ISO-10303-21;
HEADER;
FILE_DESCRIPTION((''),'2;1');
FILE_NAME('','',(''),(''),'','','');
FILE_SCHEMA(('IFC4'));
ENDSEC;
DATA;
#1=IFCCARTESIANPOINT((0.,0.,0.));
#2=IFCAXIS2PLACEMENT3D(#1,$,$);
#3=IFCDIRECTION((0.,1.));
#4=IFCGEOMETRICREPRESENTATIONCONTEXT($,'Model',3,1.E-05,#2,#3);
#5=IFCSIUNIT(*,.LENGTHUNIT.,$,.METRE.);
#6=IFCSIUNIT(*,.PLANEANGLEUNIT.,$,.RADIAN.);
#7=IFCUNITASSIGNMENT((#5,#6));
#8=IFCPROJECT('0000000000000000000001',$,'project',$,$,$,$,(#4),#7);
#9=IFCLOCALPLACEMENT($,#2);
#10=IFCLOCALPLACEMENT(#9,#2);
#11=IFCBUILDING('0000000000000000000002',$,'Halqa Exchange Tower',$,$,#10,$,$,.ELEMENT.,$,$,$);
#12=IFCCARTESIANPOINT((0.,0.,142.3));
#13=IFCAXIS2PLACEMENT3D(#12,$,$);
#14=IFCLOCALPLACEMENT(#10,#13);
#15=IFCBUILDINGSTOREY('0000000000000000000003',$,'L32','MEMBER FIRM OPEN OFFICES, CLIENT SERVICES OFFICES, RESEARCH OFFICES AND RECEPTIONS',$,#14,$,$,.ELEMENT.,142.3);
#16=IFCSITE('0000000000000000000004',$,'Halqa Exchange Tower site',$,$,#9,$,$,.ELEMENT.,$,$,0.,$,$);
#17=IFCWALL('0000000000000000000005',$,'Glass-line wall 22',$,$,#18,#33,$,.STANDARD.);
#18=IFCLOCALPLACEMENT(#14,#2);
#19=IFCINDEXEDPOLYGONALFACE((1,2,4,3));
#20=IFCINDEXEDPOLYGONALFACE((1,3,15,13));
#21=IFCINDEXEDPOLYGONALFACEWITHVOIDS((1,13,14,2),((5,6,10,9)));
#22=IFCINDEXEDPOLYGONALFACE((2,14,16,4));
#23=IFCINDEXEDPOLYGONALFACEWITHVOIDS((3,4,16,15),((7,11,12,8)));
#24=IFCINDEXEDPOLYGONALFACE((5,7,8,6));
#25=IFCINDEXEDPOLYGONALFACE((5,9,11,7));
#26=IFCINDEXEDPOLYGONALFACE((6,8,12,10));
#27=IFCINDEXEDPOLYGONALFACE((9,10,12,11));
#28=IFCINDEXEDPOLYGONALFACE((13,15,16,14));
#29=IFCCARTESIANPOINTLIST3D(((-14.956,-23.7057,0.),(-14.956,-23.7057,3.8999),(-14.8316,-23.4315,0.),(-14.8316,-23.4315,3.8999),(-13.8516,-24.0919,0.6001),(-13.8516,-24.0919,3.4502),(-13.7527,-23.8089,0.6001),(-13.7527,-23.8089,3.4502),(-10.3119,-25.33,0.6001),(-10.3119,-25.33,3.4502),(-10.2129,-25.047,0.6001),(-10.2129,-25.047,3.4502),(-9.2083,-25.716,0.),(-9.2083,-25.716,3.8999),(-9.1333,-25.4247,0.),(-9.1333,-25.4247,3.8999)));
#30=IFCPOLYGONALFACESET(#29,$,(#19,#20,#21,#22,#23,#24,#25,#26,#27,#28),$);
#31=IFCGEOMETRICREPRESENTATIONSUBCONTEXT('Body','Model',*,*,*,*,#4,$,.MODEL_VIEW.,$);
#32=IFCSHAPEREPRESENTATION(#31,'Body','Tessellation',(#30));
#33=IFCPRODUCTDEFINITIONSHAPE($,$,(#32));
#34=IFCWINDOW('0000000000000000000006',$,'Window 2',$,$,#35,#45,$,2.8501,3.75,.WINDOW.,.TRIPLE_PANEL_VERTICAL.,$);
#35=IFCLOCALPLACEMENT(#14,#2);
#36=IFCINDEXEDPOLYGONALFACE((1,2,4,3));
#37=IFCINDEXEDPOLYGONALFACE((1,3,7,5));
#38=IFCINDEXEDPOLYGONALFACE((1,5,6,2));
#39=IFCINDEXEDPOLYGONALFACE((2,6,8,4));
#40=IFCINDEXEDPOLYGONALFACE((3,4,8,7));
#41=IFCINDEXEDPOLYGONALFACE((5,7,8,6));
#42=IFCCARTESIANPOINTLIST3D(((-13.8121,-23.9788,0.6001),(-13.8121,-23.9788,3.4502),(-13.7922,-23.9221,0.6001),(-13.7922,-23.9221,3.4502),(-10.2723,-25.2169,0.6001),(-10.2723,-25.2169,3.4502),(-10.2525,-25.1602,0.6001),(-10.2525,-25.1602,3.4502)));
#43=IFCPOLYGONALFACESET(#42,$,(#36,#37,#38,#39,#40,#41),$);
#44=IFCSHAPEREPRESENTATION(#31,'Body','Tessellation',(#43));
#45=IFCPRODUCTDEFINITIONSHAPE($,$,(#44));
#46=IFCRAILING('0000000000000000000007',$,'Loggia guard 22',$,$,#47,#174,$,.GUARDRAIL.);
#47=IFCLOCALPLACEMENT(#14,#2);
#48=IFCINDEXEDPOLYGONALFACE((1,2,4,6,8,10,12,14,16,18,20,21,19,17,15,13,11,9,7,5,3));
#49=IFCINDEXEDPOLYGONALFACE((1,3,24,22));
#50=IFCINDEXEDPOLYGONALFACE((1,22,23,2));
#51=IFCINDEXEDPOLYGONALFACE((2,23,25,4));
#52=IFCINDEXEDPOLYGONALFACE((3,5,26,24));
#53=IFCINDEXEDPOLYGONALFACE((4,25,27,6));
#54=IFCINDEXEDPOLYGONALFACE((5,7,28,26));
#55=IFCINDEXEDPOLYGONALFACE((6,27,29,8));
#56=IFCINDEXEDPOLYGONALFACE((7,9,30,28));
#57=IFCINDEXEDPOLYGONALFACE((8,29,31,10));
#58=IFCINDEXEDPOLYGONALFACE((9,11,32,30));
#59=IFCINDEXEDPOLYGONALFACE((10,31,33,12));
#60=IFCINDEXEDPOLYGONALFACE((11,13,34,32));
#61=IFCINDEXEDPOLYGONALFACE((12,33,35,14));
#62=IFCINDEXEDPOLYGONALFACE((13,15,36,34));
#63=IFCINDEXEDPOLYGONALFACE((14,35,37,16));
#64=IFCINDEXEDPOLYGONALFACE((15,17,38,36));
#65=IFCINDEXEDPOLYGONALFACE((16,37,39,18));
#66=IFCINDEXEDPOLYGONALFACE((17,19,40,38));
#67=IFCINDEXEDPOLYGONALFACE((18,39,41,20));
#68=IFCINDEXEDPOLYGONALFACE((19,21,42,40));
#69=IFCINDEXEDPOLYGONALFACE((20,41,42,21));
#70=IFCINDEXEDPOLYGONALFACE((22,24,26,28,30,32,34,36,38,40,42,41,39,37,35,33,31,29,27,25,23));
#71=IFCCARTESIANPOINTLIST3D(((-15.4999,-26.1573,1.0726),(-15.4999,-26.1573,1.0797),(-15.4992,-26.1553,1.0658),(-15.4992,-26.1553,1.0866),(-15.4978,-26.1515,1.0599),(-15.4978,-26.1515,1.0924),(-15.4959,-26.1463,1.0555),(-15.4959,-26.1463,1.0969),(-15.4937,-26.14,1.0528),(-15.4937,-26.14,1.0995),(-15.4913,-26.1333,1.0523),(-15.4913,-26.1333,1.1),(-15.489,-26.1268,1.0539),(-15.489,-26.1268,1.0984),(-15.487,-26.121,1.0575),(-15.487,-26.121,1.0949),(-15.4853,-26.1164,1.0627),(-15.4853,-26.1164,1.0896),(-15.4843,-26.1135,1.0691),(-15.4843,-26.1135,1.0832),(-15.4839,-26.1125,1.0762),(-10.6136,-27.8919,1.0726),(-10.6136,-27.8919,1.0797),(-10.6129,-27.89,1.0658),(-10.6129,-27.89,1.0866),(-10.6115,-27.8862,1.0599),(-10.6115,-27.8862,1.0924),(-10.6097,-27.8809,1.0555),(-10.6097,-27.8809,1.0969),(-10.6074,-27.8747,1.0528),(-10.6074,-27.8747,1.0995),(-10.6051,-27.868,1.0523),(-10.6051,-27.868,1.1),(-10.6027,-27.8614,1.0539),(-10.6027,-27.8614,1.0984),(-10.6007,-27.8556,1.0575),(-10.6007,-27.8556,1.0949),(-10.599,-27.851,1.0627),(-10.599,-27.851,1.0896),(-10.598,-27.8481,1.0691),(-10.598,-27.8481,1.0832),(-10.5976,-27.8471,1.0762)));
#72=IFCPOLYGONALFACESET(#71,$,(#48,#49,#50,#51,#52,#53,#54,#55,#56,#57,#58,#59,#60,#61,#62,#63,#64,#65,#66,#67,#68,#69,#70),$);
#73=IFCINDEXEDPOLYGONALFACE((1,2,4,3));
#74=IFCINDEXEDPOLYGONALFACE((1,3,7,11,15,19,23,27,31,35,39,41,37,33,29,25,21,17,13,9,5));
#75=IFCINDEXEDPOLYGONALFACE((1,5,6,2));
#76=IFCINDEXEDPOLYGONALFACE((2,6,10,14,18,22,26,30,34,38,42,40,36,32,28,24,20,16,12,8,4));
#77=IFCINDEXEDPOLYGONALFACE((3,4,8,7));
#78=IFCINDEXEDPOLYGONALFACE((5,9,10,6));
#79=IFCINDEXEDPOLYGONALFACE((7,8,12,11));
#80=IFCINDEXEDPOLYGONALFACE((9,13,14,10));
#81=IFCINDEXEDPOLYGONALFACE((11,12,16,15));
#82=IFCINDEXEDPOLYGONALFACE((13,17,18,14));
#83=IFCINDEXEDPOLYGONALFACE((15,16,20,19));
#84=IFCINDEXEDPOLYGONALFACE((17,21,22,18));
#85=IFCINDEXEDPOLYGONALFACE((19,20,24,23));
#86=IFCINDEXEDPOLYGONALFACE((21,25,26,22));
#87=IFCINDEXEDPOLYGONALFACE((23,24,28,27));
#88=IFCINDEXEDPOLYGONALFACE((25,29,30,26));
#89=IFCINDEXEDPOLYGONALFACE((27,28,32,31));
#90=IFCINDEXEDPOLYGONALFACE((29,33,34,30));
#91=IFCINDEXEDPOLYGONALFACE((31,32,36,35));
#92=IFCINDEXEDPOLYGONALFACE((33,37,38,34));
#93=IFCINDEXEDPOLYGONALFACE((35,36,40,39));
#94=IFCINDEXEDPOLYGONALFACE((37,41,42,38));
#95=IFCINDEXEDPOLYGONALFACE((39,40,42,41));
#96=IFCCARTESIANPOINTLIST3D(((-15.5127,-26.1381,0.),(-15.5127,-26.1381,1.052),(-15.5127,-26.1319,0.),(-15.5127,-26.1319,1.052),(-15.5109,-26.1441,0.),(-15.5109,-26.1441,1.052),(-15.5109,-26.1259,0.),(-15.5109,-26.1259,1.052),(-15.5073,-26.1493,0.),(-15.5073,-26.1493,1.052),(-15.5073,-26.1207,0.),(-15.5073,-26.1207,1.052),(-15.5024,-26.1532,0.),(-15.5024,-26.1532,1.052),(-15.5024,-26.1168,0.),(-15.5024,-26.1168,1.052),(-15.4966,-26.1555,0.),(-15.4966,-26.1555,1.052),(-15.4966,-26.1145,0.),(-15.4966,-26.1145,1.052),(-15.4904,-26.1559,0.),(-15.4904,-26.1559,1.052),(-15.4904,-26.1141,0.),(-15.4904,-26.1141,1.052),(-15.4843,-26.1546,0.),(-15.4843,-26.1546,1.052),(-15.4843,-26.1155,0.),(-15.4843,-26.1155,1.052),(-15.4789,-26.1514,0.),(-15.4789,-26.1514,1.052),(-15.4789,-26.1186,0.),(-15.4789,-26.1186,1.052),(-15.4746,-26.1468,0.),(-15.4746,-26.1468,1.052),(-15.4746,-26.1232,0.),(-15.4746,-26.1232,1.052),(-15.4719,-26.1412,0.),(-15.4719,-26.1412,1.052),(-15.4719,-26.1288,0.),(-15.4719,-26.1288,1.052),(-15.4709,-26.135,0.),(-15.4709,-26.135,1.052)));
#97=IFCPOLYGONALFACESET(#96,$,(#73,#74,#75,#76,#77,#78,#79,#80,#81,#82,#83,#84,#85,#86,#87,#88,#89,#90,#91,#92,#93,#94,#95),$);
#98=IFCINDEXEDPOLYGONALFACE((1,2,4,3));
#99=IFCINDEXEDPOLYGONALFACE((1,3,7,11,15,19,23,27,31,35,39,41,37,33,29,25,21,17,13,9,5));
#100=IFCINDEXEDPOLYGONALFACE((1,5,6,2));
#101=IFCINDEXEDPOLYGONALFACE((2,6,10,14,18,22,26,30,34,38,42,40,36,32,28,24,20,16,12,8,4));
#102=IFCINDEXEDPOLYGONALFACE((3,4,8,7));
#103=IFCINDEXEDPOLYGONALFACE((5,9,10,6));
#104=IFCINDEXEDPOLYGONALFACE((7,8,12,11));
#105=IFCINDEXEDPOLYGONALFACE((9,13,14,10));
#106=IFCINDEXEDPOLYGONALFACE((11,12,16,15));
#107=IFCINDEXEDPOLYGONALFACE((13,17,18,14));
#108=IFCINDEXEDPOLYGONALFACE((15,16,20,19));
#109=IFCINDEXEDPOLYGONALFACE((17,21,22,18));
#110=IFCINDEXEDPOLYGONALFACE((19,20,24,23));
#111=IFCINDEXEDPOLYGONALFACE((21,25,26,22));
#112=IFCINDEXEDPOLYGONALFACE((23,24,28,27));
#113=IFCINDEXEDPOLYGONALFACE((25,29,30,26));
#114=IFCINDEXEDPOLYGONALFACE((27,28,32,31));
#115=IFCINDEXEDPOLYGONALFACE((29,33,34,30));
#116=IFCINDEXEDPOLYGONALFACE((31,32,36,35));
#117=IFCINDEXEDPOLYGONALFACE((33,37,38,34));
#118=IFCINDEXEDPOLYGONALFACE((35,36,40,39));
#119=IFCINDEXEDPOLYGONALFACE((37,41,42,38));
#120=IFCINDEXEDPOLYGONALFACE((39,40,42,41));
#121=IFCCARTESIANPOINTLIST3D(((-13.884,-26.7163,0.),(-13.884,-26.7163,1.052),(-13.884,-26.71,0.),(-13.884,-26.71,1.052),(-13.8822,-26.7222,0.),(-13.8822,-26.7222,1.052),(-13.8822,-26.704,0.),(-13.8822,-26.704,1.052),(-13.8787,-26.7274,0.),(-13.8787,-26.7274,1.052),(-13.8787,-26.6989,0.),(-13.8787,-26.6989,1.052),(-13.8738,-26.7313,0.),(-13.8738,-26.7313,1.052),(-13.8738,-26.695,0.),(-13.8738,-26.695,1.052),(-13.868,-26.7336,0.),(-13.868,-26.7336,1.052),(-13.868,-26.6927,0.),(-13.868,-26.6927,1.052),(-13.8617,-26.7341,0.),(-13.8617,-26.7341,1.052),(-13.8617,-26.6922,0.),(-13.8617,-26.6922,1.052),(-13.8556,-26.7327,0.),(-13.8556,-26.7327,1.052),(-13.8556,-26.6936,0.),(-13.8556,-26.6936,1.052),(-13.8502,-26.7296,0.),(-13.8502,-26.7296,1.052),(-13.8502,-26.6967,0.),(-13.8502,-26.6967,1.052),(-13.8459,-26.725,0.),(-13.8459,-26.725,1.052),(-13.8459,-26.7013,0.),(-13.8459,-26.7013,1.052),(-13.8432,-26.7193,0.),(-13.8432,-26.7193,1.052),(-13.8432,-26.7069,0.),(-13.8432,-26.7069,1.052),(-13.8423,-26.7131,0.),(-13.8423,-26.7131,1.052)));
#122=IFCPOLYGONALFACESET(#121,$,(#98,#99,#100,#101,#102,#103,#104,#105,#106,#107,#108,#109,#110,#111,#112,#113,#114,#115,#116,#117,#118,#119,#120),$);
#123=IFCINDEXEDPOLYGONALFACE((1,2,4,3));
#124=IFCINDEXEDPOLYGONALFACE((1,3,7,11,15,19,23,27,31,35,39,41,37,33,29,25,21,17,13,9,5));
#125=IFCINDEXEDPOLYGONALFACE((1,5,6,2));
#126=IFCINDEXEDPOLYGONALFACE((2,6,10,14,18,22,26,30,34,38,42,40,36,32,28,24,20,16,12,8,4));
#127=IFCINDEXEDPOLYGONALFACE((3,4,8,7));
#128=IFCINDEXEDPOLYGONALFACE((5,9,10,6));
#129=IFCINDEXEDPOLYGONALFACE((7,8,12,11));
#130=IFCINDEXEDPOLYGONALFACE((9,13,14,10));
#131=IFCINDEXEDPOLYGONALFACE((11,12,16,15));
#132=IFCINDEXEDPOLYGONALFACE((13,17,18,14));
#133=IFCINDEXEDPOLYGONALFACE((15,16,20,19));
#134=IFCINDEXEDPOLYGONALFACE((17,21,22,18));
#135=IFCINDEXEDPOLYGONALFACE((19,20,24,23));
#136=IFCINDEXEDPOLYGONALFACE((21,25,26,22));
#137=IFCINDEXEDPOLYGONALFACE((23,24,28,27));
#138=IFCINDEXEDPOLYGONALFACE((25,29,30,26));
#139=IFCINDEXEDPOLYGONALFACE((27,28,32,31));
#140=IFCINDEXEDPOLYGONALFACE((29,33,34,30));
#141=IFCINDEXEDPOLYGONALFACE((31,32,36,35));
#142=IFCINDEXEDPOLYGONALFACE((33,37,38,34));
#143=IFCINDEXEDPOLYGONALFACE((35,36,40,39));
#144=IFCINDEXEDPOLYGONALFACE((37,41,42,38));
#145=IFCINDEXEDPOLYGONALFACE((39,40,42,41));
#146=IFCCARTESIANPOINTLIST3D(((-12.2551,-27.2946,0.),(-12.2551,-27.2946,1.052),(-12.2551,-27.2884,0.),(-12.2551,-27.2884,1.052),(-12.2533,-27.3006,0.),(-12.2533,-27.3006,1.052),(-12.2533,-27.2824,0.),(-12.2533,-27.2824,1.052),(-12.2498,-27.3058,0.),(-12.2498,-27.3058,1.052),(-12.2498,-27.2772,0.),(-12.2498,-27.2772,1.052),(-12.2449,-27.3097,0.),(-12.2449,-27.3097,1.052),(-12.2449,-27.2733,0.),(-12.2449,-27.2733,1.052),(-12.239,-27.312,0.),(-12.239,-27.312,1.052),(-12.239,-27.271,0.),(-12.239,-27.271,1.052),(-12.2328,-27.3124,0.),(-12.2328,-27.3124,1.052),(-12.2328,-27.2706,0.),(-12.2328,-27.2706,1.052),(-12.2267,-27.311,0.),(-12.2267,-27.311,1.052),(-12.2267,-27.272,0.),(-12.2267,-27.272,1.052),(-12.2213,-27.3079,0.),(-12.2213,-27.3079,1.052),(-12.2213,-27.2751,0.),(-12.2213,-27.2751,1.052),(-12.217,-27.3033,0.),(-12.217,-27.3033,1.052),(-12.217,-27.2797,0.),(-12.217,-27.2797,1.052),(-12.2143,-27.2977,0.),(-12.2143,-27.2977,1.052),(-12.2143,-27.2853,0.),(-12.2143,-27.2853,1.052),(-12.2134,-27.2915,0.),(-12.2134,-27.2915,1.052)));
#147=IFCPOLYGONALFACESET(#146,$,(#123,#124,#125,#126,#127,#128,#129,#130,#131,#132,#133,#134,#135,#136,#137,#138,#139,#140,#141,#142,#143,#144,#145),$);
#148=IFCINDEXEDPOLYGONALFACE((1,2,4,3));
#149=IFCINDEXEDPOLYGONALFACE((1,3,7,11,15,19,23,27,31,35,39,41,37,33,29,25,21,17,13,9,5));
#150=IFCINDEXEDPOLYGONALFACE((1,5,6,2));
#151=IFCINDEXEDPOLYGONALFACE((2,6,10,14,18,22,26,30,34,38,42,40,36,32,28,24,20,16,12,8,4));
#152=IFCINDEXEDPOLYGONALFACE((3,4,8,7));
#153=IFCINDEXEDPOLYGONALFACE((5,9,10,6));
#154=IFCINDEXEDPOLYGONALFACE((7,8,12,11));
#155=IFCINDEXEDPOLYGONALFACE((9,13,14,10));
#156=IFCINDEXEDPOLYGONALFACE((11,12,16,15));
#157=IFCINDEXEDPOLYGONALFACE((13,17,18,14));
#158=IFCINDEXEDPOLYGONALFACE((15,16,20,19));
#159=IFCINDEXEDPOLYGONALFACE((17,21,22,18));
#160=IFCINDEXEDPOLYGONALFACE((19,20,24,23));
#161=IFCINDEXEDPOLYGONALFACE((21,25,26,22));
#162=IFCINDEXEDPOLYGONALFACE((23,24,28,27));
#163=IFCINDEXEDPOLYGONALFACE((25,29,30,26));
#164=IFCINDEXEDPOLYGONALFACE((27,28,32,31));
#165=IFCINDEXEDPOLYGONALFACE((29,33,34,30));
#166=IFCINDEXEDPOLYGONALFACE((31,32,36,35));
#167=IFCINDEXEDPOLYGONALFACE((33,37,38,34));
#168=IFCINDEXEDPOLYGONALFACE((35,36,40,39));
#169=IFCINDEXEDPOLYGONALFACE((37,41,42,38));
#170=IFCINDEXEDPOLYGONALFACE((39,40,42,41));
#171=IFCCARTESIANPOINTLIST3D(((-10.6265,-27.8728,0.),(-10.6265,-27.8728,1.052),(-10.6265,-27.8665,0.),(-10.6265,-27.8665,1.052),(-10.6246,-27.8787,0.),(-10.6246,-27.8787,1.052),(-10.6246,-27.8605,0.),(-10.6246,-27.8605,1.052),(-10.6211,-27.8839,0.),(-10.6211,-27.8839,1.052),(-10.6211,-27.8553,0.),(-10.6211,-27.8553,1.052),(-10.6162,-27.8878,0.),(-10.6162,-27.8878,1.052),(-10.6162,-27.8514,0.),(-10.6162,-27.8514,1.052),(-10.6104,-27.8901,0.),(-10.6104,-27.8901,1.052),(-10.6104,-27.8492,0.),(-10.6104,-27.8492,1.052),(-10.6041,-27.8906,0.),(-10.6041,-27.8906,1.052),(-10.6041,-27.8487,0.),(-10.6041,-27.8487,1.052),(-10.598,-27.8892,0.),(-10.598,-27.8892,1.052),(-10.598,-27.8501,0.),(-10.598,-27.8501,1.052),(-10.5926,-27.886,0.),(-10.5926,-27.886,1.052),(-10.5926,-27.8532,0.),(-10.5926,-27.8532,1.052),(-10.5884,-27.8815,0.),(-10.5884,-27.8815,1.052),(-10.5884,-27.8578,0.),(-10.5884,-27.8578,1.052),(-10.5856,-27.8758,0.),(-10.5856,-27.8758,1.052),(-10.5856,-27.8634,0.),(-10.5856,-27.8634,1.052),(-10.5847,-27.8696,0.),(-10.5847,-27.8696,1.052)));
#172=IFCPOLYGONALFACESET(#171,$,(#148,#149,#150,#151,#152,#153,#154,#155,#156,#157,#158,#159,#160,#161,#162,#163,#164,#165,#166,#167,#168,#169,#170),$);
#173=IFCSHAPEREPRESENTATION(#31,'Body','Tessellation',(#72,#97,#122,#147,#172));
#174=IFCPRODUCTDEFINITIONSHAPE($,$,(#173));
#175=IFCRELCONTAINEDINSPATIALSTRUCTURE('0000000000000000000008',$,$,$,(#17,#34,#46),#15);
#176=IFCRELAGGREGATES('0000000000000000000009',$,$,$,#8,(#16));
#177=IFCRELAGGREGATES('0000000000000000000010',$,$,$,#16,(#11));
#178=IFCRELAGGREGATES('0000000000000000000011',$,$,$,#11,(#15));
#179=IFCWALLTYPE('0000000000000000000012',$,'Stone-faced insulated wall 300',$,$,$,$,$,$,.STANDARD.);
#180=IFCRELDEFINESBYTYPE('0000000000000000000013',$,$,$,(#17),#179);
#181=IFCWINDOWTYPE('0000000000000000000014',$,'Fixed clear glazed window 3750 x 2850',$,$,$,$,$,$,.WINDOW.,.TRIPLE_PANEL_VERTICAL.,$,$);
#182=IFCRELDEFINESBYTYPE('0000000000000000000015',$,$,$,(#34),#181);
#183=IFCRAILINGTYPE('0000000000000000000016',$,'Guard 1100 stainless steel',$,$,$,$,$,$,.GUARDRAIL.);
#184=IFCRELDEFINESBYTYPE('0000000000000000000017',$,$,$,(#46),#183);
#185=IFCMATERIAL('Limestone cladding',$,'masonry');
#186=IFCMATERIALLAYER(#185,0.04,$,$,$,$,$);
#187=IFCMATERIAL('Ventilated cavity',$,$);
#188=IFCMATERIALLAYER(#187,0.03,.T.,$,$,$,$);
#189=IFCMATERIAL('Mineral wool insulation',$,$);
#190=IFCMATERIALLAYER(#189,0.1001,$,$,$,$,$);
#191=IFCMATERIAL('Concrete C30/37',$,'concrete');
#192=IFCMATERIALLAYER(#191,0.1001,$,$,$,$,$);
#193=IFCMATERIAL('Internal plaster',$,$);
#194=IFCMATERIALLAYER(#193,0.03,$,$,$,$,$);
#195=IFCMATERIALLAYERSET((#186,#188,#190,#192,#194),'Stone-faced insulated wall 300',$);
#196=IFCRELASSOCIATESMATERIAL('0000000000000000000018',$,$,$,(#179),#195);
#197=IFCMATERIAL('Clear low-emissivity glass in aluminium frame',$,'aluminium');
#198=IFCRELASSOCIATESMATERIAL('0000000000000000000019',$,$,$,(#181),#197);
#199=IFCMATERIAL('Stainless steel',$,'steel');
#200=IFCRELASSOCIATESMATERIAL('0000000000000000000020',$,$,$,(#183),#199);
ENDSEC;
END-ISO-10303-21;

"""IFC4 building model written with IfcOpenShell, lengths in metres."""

from ifc_helpers import new_model, si_unit, direction, frame, frame_2d, origin, origin_2d, place, context, subcontext, project, spatial, polyline, rectangle, circle, outline, extrude, material, layer, layer_set, type_object, element, fill, save


model = new_model("IFC4")

# Units and contexts
model_context = context("Model", 3, precision=1e-05, world=origin(), true_north=direction((0.0, 1.0)))
body_context = subcontext(model_context, "Body", "Model", "MODEL_VIEW")
ifc_project = project(units=[si_unit("LENGTHUNIT", "METRE"), si_unit("PLANEANGLEUNIT", "RADIAN")], contexts=[model_context])

# Site, building, storey
site_placement = place(None, origin())
site = spatial("IfcSite", under=ifc_project, at=site_placement, Name="Halqa Exchange Tower site", CompositionType="ELEMENT", RefElevation=0.0)
building_placement = place(site_placement, origin())
building = spatial("IfcBuilding", under=site, at=building_placement, Name="Halqa Exchange Tower", CompositionType="ELEMENT")
storey_placement = place(building_placement, frame((0.0, 0.0, 142.3)))
storey = spatial("IfcBuildingStorey", under=building, at=storey_placement, Name="L32", Description="MEMBER FIRM OPEN OFFICES, CLIENT SERVICES OFFICES, RESEARCH OFFICES AND RECEPTIONS", CompositionType="ELEMENT", Elevation=142.3)

# Wall, opening, window
ifc_material_1 = material(Name="Limestone cladding", Category="masonry")
ifc_layer_1 = layer(ifc_material_1, 0.04)
ifc_material_2 = material(Name="Ventilated cavity")
ifc_layer_2 = layer(ifc_material_2, 0.03, ventilated=True)
ifc_material_3 = material(Name="Mineral wool insulation")
ifc_layer_3 = layer(ifc_material_3, 0.1001)
ifc_material_4 = material(Name="Concrete C30/37", Category="concrete")
ifc_layer_4 = layer(ifc_material_4, 0.1001)
ifc_material_5 = material(Name="Internal plaster")
ifc_layer_5 = layer(ifc_material_5, 0.03)
ifc_layer_set_1 = layer_set([ifc_layer_1, ifc_layer_2, ifc_layer_3, ifc_layer_4, ifc_layer_5], Name="Stone-faced insulated wall 300")
wall_type_1 = type_object("IfcWallType", Name="Stone-faced insulated wall 300", PredefinedType="STANDARD", material=ifc_layer_set_1)
ifc_material_6 = material(Name="Clear low-emissivity glass in aluminium frame", Category="aluminium")
window_type = type_object("IfcWindowType", Name="Fixed clear glazed window 3750 x 2850", PartitioningType="TRIPLE_PANEL_VERTICAL", PredefinedType="WINDOW", material=ifc_material_6)
wall_1_placement = place(storey_placement, frame((-14.8938, -23.5686, 0.0), z_axis=(0.0, 0.0, 1.0), x_axis=(0.943926, -0.330158, 0.0)))
wall_1 = element("IfcWall", 1, at=wall_1_placement, inside=storey, type_object=wall_type_1, Name="Glass-line wall 22", PredefinedType="STANDARD", context=body_context, shape_type="SweptSolid", body=[
    extrude(outline(polyline([(-0.0134, -0.1499), (6.0757, -0.1499), (6.0503, 0.1499), (0.0134, 0.1499), (-0.0134, -0.1499)])), origin(), (0.0, 0.0, 1.0), 3.8999),
])
opening_1_placement = place(wall_1_placement, frame((1.1565, 0.0, 0.6001)))
opening_1 = element("IfcOpeningElement", 2, at=opening_1_placement, cuts=wall_1, PredefinedType="OPENING", context=body_context, shape_type="SweptSolid", body=[
    extrude(rectangle(XDim=3.75, YDim=2.8501, at=frame_2d((1.875, 1.425))), frame((0.0, 0.1621, 0.0), z_axis=(0.0, -1.0, 0.0), x_axis=(1.0, 0.0, 0.0)), (0.0, 0.0, 1.0), 0.324),
])
window_1_placement = place(opening_1_placement, origin())
window_1 = element("IfcWindow", 3, at=window_1_placement, inside=storey, type_object=window_type, Name="Window 2", OverallHeight=2.8501, OverallWidth=3.75, PartitioningType="TRIPLE_PANEL_VERTICAL", PredefinedType="WINDOW", context=body_context, shape_type="SweptSolid", body=[
    extrude(rectangle(XDim=3.75, YDim=2.8501, at=frame_2d((1.875, 1.425))), frame((0.0, 0.03, 0.0), z_axis=(0.0, -1.0, 0.0), x_axis=(1.0, 0.0, 0.0)), (0.0, 0.0, 1.0), 0.0601),
])
fill(opening_1, window_1)

# Railing
ifc_material_7 = material(Name="Stainless steel", Category="steel")
railing_type = type_object("IfcRailingType", Name="Guard 1100 stainless steel", PredefinedType="GUARDRAIL", material=ifc_material_7)
railing_placement = place(storey_placement, frame((-15.4919, -26.135, 0.0)))
element("IfcRailing", 4, at=railing_placement, inside=storey, type_object=railing_type, Name="Loggia guard 22", PredefinedType="GUARDRAIL", context=body_context, shape_type="SweptSolid", body=[
    extrude(circle(Radius=0.0239, at=origin_2d()), frame((0.0, 0.0, 1.0762), z_axis=(0.942379, -0.334546, 0.0), x_axis=(0.334546, 0.942379, 0.0)), (0.0, 0.0, 1.0), 5.1851),
    extrude(circle(Radius=0.021, at=origin_2d()), origin(), (0.0, 0.0, 1.0), 1.052),
    extrude(circle(Radius=0.021, at=origin_2d()), frame((1.6287, -0.5781, 0.0)), (0.0, 0.0, 1.0), 1.052),
    extrude(circle(Radius=0.021, at=origin_2d()), frame((3.2576, -1.1565, 0.0)), (0.0, 0.0, 1.0), 1.052),
    extrude(circle(Radius=0.021, at=origin_2d()), frame((4.8862, -1.7346, 0.0)), (0.0, 0.0, 1.0), 1.052),
])

save(model, "model.ifc")
